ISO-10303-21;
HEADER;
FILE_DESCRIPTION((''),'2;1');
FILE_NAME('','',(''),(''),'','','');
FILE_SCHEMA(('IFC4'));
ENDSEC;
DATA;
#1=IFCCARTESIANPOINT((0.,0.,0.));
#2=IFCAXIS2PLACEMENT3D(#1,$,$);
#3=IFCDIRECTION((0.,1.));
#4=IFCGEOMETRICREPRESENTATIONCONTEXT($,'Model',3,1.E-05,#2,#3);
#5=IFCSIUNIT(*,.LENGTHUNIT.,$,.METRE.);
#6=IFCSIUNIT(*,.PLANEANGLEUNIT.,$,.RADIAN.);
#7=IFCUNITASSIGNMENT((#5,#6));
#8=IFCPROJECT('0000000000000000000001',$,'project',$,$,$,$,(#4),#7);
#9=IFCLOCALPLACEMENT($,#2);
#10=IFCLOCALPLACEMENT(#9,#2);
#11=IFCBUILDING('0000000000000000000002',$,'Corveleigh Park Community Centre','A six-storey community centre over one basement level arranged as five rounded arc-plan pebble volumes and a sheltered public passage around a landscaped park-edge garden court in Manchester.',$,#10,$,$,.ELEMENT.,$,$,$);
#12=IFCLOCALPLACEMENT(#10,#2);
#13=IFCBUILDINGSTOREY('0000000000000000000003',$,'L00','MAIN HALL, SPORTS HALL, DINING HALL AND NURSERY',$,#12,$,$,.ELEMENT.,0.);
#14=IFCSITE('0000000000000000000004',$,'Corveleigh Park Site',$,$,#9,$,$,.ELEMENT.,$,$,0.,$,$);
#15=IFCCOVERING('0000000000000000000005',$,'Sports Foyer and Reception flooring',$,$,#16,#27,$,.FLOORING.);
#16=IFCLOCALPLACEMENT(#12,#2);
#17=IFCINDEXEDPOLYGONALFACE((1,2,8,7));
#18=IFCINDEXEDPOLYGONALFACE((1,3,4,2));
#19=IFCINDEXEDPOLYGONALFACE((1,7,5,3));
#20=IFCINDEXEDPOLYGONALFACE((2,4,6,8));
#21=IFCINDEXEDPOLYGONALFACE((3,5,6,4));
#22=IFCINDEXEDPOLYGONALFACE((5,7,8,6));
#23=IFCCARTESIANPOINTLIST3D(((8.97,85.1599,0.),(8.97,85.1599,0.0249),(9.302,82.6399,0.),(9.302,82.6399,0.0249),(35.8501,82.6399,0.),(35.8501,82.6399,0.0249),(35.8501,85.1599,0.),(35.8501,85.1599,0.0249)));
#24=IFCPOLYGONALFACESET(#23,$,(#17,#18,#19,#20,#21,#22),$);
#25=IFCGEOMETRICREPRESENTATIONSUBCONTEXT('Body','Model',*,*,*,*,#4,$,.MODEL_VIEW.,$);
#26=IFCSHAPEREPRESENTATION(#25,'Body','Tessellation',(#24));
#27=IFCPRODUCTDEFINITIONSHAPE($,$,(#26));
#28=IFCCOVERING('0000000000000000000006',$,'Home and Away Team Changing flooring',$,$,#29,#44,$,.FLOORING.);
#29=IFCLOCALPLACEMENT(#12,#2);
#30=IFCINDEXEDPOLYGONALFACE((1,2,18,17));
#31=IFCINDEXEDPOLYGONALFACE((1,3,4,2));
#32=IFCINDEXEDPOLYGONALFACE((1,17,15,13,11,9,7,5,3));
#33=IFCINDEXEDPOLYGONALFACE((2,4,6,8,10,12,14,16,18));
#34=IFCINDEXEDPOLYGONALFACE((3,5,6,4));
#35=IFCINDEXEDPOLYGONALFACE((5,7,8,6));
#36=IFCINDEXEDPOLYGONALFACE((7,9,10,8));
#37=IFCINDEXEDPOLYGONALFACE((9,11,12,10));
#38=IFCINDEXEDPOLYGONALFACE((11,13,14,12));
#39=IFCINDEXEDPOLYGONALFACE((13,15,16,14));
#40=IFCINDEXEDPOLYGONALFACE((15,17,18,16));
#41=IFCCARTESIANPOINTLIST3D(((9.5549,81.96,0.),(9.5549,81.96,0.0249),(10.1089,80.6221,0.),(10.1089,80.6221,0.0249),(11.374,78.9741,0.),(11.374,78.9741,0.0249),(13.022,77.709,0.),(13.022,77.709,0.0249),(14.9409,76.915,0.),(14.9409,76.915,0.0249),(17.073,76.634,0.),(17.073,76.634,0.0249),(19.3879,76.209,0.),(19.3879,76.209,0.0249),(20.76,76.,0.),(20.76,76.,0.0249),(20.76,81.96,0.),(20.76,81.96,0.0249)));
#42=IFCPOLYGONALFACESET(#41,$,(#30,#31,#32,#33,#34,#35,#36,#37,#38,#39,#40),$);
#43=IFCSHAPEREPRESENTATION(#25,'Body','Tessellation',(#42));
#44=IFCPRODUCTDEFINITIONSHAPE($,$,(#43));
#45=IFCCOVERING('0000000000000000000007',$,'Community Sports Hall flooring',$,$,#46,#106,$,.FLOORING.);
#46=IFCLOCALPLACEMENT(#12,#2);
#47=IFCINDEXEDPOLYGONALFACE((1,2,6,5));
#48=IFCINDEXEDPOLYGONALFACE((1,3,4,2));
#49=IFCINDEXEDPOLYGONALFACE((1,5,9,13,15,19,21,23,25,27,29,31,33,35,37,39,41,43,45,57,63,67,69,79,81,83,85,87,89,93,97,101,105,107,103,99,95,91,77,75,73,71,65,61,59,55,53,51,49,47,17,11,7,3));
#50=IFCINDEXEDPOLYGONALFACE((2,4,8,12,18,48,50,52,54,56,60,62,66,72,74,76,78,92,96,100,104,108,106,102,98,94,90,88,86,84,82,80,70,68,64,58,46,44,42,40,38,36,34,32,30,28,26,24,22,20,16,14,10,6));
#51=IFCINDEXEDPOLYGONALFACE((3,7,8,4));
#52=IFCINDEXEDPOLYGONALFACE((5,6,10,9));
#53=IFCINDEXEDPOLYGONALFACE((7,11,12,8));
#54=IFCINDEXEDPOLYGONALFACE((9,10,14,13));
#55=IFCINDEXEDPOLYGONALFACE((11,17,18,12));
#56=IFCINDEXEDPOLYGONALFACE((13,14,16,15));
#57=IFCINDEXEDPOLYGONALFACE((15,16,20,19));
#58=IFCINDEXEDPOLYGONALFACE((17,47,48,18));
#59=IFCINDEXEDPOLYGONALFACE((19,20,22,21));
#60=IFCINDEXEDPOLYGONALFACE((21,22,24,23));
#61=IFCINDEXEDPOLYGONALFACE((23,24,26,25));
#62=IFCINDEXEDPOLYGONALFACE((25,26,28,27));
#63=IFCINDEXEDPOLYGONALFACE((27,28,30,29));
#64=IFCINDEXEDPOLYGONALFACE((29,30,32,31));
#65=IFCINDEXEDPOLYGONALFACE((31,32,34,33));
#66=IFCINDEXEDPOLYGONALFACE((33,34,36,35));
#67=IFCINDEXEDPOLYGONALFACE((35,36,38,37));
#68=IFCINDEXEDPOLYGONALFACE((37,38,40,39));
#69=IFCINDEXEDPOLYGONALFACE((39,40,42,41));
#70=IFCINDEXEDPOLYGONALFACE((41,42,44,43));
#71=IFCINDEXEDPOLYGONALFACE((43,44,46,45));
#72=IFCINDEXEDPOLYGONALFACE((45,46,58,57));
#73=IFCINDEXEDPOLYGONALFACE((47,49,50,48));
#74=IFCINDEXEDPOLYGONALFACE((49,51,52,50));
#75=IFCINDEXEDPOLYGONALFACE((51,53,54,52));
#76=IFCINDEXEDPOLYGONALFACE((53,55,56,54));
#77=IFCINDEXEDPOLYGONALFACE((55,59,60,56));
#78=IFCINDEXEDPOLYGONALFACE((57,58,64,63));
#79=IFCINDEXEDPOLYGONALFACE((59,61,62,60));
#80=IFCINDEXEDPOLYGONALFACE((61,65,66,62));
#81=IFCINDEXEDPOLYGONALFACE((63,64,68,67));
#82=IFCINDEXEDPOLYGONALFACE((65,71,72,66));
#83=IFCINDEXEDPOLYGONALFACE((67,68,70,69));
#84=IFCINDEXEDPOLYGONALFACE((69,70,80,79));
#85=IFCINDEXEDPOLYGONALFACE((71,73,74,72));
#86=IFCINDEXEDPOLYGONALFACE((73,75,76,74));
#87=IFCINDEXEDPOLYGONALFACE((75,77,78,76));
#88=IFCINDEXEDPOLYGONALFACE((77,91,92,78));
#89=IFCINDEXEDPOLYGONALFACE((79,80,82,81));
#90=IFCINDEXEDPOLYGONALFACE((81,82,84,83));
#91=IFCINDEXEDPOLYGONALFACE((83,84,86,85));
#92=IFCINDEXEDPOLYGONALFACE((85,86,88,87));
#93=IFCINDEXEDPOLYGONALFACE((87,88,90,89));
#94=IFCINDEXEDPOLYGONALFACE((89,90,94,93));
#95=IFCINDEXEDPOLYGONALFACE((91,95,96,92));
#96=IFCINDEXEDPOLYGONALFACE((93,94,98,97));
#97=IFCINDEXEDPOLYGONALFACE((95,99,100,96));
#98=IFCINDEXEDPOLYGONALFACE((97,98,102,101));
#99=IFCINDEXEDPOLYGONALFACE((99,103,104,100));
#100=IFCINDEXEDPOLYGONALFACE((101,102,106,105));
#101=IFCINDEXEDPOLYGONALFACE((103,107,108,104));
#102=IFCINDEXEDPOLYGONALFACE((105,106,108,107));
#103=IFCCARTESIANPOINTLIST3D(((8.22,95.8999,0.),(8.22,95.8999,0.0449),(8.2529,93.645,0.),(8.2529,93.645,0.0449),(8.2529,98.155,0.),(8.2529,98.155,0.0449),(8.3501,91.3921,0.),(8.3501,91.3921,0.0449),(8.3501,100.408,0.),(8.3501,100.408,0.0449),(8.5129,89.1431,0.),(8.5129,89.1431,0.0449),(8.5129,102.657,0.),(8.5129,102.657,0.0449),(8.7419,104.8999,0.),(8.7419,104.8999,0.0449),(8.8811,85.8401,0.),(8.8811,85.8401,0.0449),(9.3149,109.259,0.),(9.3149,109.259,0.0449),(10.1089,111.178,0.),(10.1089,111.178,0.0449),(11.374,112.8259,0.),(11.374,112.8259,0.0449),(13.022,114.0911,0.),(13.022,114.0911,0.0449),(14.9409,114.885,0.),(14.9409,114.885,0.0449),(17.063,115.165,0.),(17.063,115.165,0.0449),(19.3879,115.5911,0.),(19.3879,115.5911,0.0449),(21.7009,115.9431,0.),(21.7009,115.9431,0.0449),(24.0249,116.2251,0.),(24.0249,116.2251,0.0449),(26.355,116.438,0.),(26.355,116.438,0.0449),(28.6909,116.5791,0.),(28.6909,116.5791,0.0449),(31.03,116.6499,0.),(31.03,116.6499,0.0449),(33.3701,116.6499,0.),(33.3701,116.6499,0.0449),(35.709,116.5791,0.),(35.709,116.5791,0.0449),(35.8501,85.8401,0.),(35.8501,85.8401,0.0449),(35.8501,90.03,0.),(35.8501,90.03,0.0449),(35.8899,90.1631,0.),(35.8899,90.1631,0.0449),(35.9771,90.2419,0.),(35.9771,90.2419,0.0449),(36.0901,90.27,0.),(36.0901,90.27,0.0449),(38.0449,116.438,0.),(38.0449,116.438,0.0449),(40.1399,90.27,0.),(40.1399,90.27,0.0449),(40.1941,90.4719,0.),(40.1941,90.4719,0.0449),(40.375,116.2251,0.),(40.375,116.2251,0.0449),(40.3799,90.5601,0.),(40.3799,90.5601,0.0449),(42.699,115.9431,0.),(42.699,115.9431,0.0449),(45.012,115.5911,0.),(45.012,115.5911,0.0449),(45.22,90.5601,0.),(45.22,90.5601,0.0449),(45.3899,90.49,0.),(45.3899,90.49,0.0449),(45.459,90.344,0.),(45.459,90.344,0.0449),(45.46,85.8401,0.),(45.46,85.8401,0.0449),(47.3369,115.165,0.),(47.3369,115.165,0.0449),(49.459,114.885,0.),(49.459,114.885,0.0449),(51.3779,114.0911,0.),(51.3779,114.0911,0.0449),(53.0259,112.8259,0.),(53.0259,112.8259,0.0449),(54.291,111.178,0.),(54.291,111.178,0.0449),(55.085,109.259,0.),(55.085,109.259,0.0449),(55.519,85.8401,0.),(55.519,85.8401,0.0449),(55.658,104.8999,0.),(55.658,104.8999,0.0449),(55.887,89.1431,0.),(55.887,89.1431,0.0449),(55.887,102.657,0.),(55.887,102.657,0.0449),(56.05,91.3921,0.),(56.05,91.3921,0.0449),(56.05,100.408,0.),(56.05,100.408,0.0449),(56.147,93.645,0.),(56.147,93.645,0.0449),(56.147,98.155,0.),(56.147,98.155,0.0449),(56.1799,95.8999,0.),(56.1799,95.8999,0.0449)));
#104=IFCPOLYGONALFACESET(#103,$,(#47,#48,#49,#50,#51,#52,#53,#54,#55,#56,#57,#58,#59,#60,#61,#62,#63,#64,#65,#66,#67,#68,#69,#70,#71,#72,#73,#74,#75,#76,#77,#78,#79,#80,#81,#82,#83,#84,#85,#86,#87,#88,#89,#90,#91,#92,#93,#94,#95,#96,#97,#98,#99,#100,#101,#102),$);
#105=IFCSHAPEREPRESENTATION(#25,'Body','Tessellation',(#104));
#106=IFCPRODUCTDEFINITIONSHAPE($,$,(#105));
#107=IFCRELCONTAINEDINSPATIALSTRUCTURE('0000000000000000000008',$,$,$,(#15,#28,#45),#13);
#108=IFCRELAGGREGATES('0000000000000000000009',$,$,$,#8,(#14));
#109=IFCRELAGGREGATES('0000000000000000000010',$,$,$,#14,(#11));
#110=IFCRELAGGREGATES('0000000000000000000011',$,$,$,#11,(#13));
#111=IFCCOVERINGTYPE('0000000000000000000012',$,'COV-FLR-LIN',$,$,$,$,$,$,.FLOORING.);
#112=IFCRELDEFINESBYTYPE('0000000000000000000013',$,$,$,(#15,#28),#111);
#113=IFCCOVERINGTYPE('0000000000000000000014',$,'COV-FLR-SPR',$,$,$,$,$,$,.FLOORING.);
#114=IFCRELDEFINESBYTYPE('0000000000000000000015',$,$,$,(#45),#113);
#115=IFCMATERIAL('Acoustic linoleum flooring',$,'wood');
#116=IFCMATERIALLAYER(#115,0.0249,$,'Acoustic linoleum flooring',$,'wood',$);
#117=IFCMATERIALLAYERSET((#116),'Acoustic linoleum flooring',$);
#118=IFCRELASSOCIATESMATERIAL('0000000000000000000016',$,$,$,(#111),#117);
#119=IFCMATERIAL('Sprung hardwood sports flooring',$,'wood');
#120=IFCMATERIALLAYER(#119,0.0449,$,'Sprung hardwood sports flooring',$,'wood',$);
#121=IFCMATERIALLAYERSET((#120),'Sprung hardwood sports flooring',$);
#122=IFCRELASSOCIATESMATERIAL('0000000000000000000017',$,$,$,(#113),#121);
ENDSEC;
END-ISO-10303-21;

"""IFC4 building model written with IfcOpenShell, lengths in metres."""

from ifc_helpers import new_model, si_unit, direction, origin, place, context, subcontext, project, spatial, polyline, outline, extrude, material, layer, layer_set, type_object, element, save


model = new_model("IFC4")

# Units and contexts
model_context = context("Model", 3, precision=1e-05, world=origin(), true_north=direction((0.0, 1.0)))
body_context = subcontext(model_context, "Body", "Model", "MODEL_VIEW")
ifc_project = project(units=[si_unit("LENGTHUNIT", "METRE"), si_unit("PLANEANGLEUNIT", "RADIAN")], contexts=[model_context])

# Site, building, storey
site_placement = place(None, origin())
site = spatial("IfcSite", under=ifc_project, at=site_placement, Name="Corveleigh Park Site", CompositionType="ELEMENT", RefElevation=0.0)
building_placement = place(site_placement, origin())
building = spatial("IfcBuilding", under=site, at=building_placement, Name="Corveleigh Park Community Centre", Description="A six-storey community centre over one basement level arranged as five rounded arc-plan pebble volumes and a sheltered public passage around a landscaped park-edge garden court in Manchester.", CompositionType="ELEMENT")
storey_placement = place(building_placement, origin())
storey = spatial("IfcBuildingStorey", under=building, at=storey_placement, Name="L00", Description="MAIN HALL, SPORTS HALL, DINING HALL AND NURSERY", CompositionType="ELEMENT", Elevation=0.0)

# Coverings
ifc_material_1 = material(Name="Acoustic linoleum flooring", Category="wood")
ifc_layer_1 = layer(ifc_material_1, 0.0249, Name="Acoustic linoleum flooring", Category="wood")
ifc_layer_set_1 = layer_set([ifc_layer_1], Name="Acoustic linoleum flooring")
covering_type_1 = type_object("IfcCoveringType", Name="COV-FLR-LIN", PredefinedType="FLOORING", material=ifc_layer_set_1)
covering_1_placement = place(storey_placement, origin())
element("IfcCovering", 1, at=covering_1_placement, inside=storey, type_object=covering_type_1, Name="Sports Foyer and Reception flooring", PredefinedType="FLOORING", context=body_context, shape_type="SweptSolid", body=[
    extrude(outline(polyline([(35.8501, 85.1599), (35.8501, 82.6399), (9.302, 82.6399), (8.97, 85.1599), (35.8501, 85.1599)])), origin(), (0.0, 0.0, 1.0), 0.0249),
])
covering_2_placement = place(storey_placement, origin())
element("IfcCovering", 2, at=covering_2_placement, inside=storey, type_object=covering_type_1, Name="Home and Away Team Changing flooring", PredefinedType="FLOORING", context=body_context, shape_type="SweptSolid", body=[
    extrude(outline(polyline([(19.3879, 76.209), (17.073, 76.634), (14.9409, 76.915), (13.022, 77.709), (11.374, 78.9741), (10.1089, 80.6221), (9.5549, 81.96), (20.76, 81.96), (20.76, 76.0), (19.3879, 76.209)])), origin(), (0.0, 0.0, 1.0), 0.0249),
])
ifc_material_2 = material(Name="Sprung hardwood sports flooring", Category="wood")
ifc_layer_2 = layer(ifc_material_2, 0.0449, Name="Sprung hardwood sports flooring", Category="wood")
ifc_layer_set_2 = layer_set([ifc_layer_2], Name="Sprung hardwood sports flooring")
covering_type_2 = type_object("IfcCoveringType", Name="COV-FLR-SPR", PredefinedType="FLOORING", material=ifc_layer_set_2)
covering_3_placement = place(storey_placement, origin())
element("IfcCovering", 3, at=covering_3_placement, inside=storey, type_object=covering_type_2, Name="Community Sports Hall flooring", PredefinedType="FLOORING", context=body_context, shape_type="SweptSolid", body=[
    extrude(outline(polyline([(13.022, 114.0911), (14.9409, 114.885), (17.063, 115.165), (19.3879, 115.5911), (21.7009, 115.9431), (24.0249, 116.2251), (26.355, 116.438), (28.6909, 116.5791), (31.03, 116.6499), (33.3701, 116.6499), (35.709, 116.5791), (38.0449, 116.438), (40.375, 116.2251), (42.699, 115.9431), (45.012, 115.5911), (47.3369, 115.165), (49.459, 114.885), (51.3779, 114.0911), (53.0259, 112.8259), (54.291, 111.178), (55.085, 109.259), (55.658, 104.8999), (55.887, 102.657), (56.05, 100.408), (56.147, 98.155), (56.1799, 95.8999), (56.147, 93.645), (56.05, 91.3921), (55.887, 89.1431), (55.519, 85.8401), (45.46, 85.8401), (45.459, 90.344), (45.3899, 90.49), (45.22, 90.5601), (40.3799, 90.5601), (40.1941, 90.4719), (40.1399, 90.27), (36.0901, 90.27), (35.9771, 90.2419), (35.8899, 90.1631), (35.8501, 90.03), (35.8501, 85.8401), (8.8811, 85.8401), (8.5129, 89.1431), (8.3501, 91.3921), (8.2529, 93.645), (8.22, 95.8999), (8.2529, 98.155), (8.3501, 100.408), (8.5129, 102.657), (8.7419, 104.8999), (9.3149, 109.259), (10.1089, 111.178), (11.374, 112.8259), (13.022, 114.0911)])), origin(), (0.0, 0.0, 1.0), 0.0449),
])

save(model, "model.ifc")
